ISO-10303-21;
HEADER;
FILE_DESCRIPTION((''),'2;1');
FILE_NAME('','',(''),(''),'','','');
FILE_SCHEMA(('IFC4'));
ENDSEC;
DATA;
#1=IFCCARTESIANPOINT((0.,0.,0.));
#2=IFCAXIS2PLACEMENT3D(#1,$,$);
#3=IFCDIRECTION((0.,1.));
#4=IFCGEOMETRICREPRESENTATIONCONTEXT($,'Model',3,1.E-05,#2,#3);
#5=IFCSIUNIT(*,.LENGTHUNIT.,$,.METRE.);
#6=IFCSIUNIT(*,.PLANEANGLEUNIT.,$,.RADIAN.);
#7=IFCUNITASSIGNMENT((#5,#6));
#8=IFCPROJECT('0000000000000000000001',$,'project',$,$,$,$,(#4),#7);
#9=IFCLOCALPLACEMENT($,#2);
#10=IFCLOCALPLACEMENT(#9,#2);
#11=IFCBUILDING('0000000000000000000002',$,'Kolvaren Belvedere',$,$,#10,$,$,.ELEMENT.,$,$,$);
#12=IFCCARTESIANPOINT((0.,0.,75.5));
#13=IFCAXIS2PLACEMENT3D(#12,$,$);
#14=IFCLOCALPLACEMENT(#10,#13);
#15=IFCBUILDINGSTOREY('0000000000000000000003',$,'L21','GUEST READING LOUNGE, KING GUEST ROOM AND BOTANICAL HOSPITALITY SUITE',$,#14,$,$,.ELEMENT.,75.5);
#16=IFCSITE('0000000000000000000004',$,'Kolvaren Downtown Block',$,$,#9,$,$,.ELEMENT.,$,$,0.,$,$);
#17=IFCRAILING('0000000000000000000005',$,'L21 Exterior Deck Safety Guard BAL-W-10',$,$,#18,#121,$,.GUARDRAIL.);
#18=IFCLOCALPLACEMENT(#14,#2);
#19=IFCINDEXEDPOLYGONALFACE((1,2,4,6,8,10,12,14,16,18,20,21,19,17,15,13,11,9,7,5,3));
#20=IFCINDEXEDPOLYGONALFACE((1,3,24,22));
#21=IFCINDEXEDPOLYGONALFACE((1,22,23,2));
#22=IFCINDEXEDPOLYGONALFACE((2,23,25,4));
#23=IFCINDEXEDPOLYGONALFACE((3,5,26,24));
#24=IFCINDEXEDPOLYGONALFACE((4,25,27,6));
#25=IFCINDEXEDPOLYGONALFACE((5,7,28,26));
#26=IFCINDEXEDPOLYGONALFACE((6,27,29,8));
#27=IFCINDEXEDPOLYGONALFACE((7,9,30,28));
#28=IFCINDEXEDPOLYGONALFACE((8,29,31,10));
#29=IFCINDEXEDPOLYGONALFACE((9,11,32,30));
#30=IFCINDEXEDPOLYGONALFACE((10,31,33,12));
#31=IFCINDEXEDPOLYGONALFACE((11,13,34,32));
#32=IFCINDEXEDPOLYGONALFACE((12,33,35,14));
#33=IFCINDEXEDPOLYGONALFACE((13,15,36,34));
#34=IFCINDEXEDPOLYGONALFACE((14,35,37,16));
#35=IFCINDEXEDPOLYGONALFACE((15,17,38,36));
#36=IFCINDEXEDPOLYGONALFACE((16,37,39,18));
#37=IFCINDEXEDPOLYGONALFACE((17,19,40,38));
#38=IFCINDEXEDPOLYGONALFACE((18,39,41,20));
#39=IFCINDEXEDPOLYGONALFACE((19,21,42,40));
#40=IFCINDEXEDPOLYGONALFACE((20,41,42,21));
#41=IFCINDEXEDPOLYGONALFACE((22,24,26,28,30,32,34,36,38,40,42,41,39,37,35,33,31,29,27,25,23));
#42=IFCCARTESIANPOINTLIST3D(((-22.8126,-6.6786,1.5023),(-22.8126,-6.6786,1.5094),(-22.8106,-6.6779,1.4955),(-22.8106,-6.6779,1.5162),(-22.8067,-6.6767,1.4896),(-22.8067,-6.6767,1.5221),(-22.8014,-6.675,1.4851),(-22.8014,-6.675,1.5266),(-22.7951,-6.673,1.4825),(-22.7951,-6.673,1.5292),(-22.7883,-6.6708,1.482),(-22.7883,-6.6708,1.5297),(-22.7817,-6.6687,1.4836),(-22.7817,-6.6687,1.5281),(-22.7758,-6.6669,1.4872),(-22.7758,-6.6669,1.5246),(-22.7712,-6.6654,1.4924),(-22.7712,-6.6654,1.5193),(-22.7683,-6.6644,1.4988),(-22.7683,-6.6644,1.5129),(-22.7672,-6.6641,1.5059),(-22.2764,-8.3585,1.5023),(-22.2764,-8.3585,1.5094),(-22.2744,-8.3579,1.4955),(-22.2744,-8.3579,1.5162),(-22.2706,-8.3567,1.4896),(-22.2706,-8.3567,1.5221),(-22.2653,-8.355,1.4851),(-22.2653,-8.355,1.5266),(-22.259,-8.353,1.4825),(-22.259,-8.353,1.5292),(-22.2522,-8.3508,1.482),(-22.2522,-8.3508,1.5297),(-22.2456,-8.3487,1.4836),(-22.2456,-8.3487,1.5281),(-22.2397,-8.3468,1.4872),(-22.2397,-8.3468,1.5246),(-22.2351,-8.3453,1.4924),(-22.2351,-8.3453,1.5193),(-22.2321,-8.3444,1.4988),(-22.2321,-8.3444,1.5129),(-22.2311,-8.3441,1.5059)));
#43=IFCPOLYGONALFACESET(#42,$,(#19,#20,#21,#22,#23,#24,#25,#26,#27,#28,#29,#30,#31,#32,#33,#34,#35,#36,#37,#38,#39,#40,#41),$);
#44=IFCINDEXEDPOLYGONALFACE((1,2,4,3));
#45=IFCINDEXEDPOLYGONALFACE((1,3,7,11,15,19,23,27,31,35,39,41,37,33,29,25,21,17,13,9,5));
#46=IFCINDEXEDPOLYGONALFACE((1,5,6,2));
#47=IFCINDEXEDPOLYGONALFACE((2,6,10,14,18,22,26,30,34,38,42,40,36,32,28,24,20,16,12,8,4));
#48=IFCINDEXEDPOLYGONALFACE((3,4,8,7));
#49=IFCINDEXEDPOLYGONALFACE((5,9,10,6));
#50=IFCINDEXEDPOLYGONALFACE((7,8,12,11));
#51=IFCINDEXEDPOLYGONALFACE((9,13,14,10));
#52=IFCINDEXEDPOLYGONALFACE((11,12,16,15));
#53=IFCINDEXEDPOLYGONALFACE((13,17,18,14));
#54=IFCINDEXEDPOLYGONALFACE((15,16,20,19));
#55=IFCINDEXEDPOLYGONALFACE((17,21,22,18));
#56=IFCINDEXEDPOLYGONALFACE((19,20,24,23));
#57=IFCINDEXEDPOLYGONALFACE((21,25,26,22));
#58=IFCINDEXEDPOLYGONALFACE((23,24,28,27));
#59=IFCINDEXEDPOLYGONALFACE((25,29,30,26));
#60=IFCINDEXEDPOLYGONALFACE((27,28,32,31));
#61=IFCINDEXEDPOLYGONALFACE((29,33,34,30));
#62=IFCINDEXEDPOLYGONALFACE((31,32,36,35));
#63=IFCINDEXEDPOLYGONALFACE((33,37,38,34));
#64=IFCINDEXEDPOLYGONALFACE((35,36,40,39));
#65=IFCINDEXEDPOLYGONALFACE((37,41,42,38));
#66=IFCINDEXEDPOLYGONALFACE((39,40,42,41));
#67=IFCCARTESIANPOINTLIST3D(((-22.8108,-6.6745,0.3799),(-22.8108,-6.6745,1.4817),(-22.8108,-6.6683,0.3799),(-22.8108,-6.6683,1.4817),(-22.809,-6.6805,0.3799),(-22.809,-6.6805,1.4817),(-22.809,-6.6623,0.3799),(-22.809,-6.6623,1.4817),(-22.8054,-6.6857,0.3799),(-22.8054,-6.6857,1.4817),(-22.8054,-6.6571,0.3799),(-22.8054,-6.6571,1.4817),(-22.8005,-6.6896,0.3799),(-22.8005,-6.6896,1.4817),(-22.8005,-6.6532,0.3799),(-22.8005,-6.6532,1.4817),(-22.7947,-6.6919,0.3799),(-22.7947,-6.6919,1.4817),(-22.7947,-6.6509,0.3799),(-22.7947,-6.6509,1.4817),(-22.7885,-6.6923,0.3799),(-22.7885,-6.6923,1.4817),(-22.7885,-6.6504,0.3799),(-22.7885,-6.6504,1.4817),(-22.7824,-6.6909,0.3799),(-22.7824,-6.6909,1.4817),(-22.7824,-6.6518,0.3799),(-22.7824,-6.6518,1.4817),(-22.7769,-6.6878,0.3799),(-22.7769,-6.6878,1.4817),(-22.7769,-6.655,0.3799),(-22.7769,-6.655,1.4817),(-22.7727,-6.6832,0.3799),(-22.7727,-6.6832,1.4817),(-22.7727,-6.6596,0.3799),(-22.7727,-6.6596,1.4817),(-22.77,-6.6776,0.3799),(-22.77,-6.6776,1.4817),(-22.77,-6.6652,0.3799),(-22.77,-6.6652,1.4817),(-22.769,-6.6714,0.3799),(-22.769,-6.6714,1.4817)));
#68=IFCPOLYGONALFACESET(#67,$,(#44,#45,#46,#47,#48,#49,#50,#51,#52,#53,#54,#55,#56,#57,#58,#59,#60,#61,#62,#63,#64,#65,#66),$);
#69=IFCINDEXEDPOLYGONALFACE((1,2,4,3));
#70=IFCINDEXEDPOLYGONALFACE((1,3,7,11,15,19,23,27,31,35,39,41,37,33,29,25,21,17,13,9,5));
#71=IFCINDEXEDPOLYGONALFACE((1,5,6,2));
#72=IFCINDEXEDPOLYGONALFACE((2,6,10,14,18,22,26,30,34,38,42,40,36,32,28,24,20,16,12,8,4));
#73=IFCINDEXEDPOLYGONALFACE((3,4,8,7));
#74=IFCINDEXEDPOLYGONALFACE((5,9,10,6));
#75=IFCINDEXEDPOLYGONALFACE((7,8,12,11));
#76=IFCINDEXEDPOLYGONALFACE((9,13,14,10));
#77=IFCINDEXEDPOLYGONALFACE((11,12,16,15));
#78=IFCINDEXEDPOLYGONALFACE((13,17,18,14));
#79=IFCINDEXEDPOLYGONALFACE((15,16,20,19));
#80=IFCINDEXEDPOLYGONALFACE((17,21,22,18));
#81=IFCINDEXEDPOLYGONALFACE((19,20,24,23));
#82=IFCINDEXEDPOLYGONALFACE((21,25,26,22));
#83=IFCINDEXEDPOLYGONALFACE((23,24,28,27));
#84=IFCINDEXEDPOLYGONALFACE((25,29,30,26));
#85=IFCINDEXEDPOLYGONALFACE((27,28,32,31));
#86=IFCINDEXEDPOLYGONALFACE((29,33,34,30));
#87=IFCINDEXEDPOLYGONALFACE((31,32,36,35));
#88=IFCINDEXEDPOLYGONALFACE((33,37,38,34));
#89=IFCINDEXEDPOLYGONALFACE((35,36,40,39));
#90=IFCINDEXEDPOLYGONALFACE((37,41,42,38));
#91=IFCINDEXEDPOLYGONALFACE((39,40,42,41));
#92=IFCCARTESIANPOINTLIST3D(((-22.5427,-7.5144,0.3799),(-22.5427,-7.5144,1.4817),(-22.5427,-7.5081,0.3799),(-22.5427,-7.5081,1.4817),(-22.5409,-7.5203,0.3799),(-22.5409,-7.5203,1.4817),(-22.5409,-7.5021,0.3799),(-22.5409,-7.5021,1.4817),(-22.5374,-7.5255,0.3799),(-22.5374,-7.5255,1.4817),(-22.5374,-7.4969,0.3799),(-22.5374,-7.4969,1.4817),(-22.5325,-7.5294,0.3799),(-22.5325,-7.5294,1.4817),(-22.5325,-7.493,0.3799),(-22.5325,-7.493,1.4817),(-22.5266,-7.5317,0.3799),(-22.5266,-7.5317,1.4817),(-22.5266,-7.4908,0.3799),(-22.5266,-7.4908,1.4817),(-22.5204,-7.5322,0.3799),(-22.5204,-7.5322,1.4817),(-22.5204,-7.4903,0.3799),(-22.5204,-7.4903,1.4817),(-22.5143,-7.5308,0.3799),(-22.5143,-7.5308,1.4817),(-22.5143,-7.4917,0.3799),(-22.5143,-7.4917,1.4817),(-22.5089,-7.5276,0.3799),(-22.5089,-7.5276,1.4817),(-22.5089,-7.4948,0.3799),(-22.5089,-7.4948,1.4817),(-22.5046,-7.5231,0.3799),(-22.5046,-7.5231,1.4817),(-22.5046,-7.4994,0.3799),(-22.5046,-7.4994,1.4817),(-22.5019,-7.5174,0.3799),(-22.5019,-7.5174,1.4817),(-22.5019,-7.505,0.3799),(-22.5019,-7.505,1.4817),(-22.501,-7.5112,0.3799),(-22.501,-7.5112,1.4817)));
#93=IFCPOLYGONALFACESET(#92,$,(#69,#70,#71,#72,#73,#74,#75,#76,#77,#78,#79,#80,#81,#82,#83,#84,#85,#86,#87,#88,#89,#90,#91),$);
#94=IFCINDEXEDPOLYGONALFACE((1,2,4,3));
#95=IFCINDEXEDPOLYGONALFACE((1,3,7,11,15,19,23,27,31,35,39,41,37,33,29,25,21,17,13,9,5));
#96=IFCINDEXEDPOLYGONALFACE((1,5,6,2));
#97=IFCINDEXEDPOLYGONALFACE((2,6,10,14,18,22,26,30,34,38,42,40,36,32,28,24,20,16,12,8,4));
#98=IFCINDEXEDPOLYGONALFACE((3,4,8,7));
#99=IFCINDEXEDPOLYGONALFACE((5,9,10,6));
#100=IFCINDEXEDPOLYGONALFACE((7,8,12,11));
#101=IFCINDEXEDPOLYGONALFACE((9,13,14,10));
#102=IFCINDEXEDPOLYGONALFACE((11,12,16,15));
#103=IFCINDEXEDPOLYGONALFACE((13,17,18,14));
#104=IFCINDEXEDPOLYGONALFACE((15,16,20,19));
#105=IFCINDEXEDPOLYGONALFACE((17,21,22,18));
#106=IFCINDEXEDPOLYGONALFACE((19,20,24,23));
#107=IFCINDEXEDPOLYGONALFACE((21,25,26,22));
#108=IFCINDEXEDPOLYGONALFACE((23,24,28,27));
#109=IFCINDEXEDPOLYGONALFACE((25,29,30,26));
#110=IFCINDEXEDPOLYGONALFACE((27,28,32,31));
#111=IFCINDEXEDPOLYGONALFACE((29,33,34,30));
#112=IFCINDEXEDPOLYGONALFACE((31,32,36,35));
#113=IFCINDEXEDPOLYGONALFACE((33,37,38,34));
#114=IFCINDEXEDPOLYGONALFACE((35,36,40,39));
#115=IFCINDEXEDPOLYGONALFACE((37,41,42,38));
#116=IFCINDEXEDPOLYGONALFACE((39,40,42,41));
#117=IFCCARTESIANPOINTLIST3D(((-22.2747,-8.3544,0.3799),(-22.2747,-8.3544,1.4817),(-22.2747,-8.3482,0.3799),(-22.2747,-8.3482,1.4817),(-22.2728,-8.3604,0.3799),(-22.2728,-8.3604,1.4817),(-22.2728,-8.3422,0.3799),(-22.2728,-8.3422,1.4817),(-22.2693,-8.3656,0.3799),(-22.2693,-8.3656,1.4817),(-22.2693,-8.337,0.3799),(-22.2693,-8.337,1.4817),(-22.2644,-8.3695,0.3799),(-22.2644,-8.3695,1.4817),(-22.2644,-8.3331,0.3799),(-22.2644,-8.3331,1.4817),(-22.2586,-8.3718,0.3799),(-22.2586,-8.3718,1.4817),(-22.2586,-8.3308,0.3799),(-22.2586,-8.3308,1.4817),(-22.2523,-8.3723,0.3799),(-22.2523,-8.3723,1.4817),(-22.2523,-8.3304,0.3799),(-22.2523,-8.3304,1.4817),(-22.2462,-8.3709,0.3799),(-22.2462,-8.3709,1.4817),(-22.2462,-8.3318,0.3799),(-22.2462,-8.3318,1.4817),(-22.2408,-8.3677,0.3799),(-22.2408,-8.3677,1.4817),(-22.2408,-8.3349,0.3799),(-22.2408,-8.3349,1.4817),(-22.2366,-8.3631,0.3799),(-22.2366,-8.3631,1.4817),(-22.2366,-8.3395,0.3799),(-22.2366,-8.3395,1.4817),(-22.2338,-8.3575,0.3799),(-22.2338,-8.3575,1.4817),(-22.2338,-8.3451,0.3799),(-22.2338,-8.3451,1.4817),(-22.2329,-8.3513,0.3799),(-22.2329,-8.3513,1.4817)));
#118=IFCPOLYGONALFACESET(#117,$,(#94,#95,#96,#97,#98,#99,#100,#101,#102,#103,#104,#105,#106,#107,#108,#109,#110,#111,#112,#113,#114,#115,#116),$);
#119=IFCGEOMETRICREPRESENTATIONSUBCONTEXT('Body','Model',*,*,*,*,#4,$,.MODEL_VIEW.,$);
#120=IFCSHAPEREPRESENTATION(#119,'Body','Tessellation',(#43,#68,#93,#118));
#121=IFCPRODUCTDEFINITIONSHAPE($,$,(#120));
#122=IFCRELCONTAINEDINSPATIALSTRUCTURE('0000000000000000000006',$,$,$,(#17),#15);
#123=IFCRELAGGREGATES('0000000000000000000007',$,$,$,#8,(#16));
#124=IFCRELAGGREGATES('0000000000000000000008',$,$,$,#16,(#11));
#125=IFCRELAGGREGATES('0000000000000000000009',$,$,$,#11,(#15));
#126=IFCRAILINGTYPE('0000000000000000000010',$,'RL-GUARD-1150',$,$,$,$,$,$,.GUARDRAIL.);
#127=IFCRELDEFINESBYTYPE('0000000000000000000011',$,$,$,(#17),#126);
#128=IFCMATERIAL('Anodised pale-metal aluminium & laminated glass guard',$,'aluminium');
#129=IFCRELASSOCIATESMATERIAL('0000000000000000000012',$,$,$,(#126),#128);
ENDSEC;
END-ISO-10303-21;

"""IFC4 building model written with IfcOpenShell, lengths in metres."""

from ifc_helpers import new_model, si_unit, direction, frame, origin, origin_2d, place, context, subcontext, project, spatial, circle, extrude, material, type_object, element, save


model = new_model("IFC4")

# Units and contexts
model_context = context("Model", 3, precision=1e-05, world=origin(), true_north=direction((0.0, 1.0)))
body_context = subcontext(model_context, "Body", "Model", "MODEL_VIEW")
ifc_project = project(units=[si_unit("LENGTHUNIT", "METRE"), si_unit("PLANEANGLEUNIT", "RADIAN")], contexts=[model_context])

# Site, building, storey
site_placement = place(None, origin())
site = spatial("IfcSite", under=ifc_project, at=site_placement, Name="Kolvaren Downtown Block", CompositionType="ELEMENT", RefElevation=0.0)
building_placement = place(site_placement, origin())
building = spatial("IfcBuilding", under=site, at=building_placement, Name="Kolvaren Belvedere", CompositionType="ELEMENT")
storey_placement = place(building_placement, frame((0.0, 0.0, 75.5)))
storey = spatial("IfcBuildingStorey", under=building, at=storey_placement, Name="L21", Description="GUEST READING LOUNGE, KING GUEST ROOM AND BOTANICAL HOSPITALITY SUITE", CompositionType="ELEMENT", Elevation=75.5)

# Railing
ifc_material_1 = material(Name="Anodised pale-metal aluminium & laminated glass guard", Category="aluminium")
railing_type = type_object("IfcRailingType", Name="RL-GUARD-1150", PredefinedType="GUARDRAIL", material=ifc_material_1)
railing_1_placement = place(storey_placement, frame((-22.79, -6.6714, 0.3799)))
element("IfcRailing", 1, at=railing_1_placement, inside=storey, type_object=railing_type, Name="L21 Exterior Deck Safety Guard BAL-W-10", PredefinedType="GUARDRAIL", context=body_context, shape_type="SweptSolid", body=[
    extrude(circle(Radius=0.0239, at=origin_2d()), frame((0.0, 0.0, 1.126), z_axis=(0.304032, -0.952662, 0.0), x_axis=(0.952662, 0.304032, 0.0)), (0.0, 0.0, 1.0), 1.7634),
    extrude(circle(Radius=0.021, at=origin_2d()), origin(), (0.0, 0.0, 1.0), 1.1018),
    extrude(circle(Radius=0.021, at=origin_2d()), frame((0.2681, -0.8398, 0.0)), (0.0, 0.0, 1.0), 1.1018),
    extrude(circle(Radius=0.021, at=origin_2d()), frame((0.5361, -1.6799, 0.0)), (0.0, 0.0, 1.0), 1.1018),
])

save(model, "model.ifc")
